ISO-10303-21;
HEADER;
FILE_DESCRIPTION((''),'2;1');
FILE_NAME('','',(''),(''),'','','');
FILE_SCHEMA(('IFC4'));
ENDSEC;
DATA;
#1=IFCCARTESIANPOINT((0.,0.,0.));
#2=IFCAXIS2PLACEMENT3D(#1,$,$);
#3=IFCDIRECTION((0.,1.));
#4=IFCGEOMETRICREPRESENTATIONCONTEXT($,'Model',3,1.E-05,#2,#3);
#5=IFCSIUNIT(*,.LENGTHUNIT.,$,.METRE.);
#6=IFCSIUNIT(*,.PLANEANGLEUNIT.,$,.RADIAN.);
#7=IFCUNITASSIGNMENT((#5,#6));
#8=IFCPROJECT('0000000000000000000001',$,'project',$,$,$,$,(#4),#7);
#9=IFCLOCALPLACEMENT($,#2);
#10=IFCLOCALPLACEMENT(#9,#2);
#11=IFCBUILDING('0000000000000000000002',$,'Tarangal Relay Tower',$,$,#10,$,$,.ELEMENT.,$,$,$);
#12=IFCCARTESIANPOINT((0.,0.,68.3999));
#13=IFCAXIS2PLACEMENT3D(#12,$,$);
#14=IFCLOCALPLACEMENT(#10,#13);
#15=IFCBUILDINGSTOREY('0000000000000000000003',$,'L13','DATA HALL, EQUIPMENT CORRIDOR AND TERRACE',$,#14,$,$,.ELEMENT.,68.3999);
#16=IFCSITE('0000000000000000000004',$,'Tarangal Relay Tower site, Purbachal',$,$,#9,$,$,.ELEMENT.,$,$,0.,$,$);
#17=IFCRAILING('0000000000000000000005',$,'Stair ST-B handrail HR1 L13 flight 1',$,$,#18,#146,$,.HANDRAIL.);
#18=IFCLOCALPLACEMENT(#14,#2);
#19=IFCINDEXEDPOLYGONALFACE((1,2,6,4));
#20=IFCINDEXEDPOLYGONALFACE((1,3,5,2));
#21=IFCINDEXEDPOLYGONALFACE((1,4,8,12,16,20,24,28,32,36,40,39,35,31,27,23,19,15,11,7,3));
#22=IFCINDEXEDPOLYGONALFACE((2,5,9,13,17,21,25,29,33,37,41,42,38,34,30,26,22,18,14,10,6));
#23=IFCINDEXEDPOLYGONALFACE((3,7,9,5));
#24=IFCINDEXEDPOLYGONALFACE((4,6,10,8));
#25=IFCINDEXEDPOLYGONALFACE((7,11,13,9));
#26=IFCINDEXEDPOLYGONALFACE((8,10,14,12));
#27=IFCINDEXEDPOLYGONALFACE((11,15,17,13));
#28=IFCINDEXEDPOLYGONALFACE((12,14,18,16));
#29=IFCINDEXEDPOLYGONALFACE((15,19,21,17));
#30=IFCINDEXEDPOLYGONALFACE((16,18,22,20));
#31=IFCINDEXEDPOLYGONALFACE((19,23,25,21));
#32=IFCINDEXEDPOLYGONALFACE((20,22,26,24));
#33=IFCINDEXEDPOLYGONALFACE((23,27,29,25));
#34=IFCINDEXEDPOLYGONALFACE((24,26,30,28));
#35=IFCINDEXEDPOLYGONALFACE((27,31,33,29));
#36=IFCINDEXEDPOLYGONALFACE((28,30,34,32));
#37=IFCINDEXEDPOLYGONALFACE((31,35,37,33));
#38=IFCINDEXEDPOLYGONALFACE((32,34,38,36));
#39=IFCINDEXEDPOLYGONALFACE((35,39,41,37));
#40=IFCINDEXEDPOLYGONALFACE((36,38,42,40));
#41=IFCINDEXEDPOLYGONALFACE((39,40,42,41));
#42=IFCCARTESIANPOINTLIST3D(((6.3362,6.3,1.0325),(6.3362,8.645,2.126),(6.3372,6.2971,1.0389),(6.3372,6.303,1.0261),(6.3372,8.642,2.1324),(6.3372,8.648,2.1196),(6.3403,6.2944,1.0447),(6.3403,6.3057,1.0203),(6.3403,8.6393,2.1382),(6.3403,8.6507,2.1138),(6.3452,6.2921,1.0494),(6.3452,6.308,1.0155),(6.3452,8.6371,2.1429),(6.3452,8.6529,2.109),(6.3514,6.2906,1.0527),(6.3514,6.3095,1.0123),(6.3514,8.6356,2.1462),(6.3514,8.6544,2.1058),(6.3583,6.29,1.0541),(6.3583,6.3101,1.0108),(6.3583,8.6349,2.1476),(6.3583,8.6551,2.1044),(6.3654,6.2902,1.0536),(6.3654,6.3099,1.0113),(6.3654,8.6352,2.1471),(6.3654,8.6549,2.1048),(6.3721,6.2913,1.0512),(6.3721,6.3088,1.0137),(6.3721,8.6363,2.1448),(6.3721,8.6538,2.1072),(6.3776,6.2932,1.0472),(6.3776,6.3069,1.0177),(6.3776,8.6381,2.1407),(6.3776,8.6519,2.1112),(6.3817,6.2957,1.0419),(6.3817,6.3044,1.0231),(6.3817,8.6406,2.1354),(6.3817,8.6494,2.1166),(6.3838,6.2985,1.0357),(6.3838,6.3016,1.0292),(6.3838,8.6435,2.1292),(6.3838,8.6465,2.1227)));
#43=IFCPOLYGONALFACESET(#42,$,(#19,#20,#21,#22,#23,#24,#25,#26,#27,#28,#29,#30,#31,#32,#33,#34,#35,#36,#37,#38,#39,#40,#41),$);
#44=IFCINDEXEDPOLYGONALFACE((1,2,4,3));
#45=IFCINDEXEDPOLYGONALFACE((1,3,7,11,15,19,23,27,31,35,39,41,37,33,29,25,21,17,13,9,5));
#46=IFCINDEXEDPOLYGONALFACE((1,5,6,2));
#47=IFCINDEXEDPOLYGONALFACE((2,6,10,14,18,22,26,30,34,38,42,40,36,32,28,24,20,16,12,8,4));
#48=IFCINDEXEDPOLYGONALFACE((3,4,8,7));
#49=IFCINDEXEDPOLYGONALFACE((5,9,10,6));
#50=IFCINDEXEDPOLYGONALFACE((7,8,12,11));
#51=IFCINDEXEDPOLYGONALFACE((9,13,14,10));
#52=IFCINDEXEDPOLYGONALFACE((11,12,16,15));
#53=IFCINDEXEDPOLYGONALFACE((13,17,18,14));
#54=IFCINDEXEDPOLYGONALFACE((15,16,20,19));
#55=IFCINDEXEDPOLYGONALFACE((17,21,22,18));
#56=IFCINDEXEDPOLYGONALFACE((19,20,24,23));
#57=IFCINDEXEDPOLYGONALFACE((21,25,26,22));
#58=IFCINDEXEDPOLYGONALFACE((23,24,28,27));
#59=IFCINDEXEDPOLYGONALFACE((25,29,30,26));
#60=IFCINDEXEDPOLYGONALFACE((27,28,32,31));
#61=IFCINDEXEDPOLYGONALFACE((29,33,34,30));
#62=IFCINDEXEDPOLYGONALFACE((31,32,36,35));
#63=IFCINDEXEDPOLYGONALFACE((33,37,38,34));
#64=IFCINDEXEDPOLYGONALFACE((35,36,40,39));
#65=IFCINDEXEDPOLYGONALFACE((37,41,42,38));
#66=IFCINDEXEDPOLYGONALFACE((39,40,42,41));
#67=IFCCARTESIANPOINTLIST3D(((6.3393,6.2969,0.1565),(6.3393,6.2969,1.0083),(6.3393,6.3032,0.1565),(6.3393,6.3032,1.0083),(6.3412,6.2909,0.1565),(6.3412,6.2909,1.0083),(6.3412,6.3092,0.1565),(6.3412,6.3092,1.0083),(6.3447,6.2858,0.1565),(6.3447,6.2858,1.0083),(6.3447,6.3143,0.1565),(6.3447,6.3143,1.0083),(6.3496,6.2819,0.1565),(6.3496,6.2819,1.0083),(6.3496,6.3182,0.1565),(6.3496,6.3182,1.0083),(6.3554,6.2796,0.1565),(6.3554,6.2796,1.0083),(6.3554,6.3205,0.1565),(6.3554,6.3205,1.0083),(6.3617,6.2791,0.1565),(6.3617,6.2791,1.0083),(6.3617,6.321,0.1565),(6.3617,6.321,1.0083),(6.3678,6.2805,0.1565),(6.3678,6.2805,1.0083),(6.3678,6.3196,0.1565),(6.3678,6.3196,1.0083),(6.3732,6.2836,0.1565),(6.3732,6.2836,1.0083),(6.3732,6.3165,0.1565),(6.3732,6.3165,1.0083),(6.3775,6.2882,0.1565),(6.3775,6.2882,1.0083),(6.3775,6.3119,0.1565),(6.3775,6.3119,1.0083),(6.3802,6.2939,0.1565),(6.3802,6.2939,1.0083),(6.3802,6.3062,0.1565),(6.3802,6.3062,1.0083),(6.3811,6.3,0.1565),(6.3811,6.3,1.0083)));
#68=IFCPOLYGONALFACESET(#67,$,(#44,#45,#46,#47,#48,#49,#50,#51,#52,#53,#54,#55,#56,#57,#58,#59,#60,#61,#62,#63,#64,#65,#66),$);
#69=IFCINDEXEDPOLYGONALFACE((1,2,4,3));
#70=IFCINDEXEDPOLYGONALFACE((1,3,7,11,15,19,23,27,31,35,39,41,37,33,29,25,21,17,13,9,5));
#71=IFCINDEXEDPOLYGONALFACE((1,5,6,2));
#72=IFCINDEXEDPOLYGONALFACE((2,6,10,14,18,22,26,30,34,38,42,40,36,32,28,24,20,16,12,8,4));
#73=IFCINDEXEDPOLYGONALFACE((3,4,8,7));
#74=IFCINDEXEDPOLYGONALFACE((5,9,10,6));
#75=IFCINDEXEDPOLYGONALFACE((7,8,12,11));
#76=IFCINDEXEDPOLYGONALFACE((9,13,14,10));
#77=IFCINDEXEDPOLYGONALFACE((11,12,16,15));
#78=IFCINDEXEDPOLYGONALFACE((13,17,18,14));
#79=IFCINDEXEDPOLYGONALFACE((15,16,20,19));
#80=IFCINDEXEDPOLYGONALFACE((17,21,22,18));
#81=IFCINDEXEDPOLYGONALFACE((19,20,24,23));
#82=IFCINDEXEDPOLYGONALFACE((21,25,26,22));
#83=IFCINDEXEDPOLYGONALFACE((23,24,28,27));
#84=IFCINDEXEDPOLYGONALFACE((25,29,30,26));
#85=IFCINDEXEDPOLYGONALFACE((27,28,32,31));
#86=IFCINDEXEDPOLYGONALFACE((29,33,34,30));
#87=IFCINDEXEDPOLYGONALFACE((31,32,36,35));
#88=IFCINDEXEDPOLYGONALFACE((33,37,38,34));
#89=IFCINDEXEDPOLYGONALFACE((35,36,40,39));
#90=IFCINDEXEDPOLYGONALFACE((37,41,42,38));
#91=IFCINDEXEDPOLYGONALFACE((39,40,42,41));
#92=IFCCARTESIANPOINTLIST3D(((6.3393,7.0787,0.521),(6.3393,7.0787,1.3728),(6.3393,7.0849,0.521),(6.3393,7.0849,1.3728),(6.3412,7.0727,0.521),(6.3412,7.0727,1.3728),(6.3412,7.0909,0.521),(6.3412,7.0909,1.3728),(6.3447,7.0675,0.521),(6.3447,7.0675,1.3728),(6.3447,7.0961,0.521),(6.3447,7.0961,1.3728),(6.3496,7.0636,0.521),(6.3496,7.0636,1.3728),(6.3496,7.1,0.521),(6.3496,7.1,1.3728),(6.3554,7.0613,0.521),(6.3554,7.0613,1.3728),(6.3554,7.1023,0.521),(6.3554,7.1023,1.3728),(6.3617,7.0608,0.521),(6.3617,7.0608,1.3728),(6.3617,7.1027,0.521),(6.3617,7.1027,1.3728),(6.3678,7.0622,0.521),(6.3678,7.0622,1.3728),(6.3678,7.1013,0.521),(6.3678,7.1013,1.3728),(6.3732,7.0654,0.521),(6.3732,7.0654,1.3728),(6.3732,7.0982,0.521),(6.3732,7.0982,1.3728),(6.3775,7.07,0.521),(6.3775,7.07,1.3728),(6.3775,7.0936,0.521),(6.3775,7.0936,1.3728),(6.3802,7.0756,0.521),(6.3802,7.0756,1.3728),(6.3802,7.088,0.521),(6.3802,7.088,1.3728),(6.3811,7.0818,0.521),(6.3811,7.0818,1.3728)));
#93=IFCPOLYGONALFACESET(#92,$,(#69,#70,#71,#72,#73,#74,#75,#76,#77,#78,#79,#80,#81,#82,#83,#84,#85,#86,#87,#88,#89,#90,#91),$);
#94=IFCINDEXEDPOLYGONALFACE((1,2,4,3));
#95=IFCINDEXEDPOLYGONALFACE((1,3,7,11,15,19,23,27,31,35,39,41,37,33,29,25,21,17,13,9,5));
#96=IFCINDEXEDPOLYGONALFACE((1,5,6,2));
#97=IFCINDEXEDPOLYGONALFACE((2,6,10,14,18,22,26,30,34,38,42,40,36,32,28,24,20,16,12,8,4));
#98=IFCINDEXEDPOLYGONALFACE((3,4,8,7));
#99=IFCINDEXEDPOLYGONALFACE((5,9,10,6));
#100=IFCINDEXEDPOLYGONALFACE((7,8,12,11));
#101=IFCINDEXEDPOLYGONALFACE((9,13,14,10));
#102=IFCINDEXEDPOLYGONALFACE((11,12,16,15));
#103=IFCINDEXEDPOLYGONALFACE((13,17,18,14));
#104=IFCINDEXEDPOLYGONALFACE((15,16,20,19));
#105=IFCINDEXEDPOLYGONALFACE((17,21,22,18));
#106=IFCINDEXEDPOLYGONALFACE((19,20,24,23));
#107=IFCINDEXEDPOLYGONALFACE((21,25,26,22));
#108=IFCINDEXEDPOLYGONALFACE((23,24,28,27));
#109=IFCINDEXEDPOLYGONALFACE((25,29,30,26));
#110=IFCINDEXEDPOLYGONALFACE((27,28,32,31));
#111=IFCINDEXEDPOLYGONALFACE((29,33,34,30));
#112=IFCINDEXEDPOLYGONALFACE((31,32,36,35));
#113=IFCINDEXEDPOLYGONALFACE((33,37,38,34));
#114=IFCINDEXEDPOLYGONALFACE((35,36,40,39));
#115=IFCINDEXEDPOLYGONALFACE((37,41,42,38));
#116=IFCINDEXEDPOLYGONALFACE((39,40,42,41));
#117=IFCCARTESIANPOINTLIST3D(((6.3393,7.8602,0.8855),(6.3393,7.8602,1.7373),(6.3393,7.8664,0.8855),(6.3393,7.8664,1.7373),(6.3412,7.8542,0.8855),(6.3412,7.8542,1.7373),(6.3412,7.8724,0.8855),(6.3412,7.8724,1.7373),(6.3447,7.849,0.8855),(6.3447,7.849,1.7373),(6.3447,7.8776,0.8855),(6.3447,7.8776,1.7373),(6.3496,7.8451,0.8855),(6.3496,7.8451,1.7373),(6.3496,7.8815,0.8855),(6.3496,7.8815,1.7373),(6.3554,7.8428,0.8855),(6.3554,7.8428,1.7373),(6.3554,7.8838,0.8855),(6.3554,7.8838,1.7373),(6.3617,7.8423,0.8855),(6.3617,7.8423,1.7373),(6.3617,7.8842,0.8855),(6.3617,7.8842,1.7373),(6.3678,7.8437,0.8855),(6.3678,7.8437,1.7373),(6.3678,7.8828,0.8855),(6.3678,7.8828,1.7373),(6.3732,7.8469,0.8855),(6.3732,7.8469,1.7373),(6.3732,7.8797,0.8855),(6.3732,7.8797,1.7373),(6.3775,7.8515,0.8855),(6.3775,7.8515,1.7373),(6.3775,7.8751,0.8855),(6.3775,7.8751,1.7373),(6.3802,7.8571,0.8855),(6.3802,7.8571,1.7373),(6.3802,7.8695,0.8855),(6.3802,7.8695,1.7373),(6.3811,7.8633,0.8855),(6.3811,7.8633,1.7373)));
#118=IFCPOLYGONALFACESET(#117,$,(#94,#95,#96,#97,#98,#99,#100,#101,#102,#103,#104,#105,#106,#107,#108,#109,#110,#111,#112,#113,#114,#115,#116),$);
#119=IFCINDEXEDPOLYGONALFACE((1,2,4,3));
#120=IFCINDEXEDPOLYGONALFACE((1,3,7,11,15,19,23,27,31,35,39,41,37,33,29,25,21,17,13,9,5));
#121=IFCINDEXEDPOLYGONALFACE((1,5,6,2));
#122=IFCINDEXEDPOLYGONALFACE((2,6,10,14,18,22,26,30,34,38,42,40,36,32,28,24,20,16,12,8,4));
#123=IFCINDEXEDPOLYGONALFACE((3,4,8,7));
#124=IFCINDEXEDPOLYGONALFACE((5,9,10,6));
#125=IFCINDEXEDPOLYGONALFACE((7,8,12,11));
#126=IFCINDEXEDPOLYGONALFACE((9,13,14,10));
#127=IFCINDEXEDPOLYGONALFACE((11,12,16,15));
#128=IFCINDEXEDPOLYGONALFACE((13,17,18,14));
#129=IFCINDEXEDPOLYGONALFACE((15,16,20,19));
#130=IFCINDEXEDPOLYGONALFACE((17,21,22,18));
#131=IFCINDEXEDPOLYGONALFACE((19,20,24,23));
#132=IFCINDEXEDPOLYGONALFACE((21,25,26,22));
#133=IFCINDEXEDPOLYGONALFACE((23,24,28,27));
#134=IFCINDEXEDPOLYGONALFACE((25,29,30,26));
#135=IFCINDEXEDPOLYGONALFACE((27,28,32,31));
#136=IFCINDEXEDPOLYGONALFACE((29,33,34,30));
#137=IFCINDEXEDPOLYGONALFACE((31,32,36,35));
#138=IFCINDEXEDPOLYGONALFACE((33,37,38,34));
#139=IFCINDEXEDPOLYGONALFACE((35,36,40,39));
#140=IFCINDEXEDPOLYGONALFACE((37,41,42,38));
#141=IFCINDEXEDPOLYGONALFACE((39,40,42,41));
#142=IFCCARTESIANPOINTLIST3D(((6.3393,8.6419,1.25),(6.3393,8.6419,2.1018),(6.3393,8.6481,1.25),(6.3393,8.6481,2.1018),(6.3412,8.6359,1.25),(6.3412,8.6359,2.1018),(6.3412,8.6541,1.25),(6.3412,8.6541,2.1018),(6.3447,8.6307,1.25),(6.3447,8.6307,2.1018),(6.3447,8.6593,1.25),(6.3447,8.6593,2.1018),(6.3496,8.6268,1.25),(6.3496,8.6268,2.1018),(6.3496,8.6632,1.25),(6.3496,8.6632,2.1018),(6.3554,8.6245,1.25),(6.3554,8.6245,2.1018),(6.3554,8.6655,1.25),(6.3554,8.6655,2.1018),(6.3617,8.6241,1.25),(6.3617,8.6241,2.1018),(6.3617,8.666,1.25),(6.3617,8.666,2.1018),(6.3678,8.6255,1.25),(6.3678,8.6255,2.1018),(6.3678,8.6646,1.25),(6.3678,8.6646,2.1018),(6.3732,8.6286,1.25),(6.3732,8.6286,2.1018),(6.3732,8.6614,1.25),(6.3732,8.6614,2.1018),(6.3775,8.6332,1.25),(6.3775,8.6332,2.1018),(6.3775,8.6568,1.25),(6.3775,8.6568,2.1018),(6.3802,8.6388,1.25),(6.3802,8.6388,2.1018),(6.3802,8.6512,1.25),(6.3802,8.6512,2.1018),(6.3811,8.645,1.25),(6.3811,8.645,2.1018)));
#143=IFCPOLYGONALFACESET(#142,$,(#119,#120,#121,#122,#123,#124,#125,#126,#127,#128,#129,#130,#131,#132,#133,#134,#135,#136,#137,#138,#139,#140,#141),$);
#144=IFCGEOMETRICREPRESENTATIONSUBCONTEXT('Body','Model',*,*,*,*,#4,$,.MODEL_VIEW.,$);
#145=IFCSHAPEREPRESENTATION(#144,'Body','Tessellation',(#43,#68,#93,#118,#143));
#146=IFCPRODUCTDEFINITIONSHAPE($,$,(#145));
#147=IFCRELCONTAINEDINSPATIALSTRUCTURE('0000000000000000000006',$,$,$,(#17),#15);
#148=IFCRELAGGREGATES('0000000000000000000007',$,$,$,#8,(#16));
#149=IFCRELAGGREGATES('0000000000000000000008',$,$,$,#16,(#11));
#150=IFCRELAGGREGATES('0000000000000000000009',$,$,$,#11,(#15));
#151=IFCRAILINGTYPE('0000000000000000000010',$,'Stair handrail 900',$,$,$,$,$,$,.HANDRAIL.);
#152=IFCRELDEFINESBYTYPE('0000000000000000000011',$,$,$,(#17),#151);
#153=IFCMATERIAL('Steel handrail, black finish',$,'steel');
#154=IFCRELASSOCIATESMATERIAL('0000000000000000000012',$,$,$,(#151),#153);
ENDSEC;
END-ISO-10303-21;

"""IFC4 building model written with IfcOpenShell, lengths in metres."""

from ifc_helpers import new_model, si_unit, direction, frame, origin, origin_2d, place, context, subcontext, project, spatial, circle, extrude, material, type_object, element, save


model = new_model("IFC4")

# Units and contexts
model_context = context("Model", 3, precision=1e-05, world=origin(), true_north=direction((0.0, 1.0)))
body_context = subcontext(model_context, "Body", "Model", "MODEL_VIEW")
ifc_project = project(units=[si_unit("LENGTHUNIT", "METRE"), si_unit("PLANEANGLEUNIT", "RADIAN")], contexts=[model_context])

# Site, building, storey
site_placement = place(None, origin())
site = spatial("IfcSite", under=ifc_project, at=site_placement, Name="Tarangal Relay Tower site, Purbachal", CompositionType="ELEMENT", RefElevation=0.0)
building_placement = place(site_placement, origin())
building = spatial("IfcBuilding", under=site, at=building_placement, Name="Tarangal Relay Tower", CompositionType="ELEMENT")
storey_placement = place(building_placement, frame((0.0, 0.0, 68.3999)))
storey = spatial("IfcBuildingStorey", under=building, at=storey_placement, Name="L13", Description="DATA HALL, EQUIPMENT CORRIDOR AND TERRACE", CompositionType="ELEMENT", Elevation=68.3999)

# Railing
ifc_material_1 = material(Name="Steel handrail, black finish", Category="steel")
railing_type_1 = type_object("IfcRailingType", Name="Stair handrail 900", PredefinedType="HANDRAIL", material=ifc_material_1)
for number, where, name in (
    (1, (6.3601, 6.3, 0.1565), "Stair ST-B handrail HR1 L13 flight 1"),
):
    element("IfcRailing", number, at=place(storey_placement, frame(where)), inside=storey, type_object=railing_type_1, Name=name, PredefinedType="HANDRAIL", context=body_context, shape_type="SweptSolid", body=[
        extrude(circle(Radius=0.0239, at=origin_2d()), frame((0.0, 0.0, 0.876), z_axis=(0.0, 0.906304, 0.422627), x_axis=(-1.0, 0.0, 0.0)), (0.0, 0.0, 1.0), 2.5874),
        extrude(circle(Radius=0.021, at=origin_2d()), origin(), (0.0, 0.0, 1.0), 0.8518),
        extrude(circle(Radius=0.021, at=origin_2d()), frame((0.0, 0.7817, 0.3645)), (0.0, 0.0, 1.0), 0.8518),
        extrude(circle(Radius=0.021, at=origin_2d()), frame((0.0, 1.5632, 0.729)), (0.0, 0.0, 1.0), 0.8518),
        extrude(circle(Radius=0.021, at=origin_2d()), frame((0.0, 2.345, 1.0935)), (0.0, 0.0, 1.0), 0.8518),
    ])

save(model, "model.ifc")
